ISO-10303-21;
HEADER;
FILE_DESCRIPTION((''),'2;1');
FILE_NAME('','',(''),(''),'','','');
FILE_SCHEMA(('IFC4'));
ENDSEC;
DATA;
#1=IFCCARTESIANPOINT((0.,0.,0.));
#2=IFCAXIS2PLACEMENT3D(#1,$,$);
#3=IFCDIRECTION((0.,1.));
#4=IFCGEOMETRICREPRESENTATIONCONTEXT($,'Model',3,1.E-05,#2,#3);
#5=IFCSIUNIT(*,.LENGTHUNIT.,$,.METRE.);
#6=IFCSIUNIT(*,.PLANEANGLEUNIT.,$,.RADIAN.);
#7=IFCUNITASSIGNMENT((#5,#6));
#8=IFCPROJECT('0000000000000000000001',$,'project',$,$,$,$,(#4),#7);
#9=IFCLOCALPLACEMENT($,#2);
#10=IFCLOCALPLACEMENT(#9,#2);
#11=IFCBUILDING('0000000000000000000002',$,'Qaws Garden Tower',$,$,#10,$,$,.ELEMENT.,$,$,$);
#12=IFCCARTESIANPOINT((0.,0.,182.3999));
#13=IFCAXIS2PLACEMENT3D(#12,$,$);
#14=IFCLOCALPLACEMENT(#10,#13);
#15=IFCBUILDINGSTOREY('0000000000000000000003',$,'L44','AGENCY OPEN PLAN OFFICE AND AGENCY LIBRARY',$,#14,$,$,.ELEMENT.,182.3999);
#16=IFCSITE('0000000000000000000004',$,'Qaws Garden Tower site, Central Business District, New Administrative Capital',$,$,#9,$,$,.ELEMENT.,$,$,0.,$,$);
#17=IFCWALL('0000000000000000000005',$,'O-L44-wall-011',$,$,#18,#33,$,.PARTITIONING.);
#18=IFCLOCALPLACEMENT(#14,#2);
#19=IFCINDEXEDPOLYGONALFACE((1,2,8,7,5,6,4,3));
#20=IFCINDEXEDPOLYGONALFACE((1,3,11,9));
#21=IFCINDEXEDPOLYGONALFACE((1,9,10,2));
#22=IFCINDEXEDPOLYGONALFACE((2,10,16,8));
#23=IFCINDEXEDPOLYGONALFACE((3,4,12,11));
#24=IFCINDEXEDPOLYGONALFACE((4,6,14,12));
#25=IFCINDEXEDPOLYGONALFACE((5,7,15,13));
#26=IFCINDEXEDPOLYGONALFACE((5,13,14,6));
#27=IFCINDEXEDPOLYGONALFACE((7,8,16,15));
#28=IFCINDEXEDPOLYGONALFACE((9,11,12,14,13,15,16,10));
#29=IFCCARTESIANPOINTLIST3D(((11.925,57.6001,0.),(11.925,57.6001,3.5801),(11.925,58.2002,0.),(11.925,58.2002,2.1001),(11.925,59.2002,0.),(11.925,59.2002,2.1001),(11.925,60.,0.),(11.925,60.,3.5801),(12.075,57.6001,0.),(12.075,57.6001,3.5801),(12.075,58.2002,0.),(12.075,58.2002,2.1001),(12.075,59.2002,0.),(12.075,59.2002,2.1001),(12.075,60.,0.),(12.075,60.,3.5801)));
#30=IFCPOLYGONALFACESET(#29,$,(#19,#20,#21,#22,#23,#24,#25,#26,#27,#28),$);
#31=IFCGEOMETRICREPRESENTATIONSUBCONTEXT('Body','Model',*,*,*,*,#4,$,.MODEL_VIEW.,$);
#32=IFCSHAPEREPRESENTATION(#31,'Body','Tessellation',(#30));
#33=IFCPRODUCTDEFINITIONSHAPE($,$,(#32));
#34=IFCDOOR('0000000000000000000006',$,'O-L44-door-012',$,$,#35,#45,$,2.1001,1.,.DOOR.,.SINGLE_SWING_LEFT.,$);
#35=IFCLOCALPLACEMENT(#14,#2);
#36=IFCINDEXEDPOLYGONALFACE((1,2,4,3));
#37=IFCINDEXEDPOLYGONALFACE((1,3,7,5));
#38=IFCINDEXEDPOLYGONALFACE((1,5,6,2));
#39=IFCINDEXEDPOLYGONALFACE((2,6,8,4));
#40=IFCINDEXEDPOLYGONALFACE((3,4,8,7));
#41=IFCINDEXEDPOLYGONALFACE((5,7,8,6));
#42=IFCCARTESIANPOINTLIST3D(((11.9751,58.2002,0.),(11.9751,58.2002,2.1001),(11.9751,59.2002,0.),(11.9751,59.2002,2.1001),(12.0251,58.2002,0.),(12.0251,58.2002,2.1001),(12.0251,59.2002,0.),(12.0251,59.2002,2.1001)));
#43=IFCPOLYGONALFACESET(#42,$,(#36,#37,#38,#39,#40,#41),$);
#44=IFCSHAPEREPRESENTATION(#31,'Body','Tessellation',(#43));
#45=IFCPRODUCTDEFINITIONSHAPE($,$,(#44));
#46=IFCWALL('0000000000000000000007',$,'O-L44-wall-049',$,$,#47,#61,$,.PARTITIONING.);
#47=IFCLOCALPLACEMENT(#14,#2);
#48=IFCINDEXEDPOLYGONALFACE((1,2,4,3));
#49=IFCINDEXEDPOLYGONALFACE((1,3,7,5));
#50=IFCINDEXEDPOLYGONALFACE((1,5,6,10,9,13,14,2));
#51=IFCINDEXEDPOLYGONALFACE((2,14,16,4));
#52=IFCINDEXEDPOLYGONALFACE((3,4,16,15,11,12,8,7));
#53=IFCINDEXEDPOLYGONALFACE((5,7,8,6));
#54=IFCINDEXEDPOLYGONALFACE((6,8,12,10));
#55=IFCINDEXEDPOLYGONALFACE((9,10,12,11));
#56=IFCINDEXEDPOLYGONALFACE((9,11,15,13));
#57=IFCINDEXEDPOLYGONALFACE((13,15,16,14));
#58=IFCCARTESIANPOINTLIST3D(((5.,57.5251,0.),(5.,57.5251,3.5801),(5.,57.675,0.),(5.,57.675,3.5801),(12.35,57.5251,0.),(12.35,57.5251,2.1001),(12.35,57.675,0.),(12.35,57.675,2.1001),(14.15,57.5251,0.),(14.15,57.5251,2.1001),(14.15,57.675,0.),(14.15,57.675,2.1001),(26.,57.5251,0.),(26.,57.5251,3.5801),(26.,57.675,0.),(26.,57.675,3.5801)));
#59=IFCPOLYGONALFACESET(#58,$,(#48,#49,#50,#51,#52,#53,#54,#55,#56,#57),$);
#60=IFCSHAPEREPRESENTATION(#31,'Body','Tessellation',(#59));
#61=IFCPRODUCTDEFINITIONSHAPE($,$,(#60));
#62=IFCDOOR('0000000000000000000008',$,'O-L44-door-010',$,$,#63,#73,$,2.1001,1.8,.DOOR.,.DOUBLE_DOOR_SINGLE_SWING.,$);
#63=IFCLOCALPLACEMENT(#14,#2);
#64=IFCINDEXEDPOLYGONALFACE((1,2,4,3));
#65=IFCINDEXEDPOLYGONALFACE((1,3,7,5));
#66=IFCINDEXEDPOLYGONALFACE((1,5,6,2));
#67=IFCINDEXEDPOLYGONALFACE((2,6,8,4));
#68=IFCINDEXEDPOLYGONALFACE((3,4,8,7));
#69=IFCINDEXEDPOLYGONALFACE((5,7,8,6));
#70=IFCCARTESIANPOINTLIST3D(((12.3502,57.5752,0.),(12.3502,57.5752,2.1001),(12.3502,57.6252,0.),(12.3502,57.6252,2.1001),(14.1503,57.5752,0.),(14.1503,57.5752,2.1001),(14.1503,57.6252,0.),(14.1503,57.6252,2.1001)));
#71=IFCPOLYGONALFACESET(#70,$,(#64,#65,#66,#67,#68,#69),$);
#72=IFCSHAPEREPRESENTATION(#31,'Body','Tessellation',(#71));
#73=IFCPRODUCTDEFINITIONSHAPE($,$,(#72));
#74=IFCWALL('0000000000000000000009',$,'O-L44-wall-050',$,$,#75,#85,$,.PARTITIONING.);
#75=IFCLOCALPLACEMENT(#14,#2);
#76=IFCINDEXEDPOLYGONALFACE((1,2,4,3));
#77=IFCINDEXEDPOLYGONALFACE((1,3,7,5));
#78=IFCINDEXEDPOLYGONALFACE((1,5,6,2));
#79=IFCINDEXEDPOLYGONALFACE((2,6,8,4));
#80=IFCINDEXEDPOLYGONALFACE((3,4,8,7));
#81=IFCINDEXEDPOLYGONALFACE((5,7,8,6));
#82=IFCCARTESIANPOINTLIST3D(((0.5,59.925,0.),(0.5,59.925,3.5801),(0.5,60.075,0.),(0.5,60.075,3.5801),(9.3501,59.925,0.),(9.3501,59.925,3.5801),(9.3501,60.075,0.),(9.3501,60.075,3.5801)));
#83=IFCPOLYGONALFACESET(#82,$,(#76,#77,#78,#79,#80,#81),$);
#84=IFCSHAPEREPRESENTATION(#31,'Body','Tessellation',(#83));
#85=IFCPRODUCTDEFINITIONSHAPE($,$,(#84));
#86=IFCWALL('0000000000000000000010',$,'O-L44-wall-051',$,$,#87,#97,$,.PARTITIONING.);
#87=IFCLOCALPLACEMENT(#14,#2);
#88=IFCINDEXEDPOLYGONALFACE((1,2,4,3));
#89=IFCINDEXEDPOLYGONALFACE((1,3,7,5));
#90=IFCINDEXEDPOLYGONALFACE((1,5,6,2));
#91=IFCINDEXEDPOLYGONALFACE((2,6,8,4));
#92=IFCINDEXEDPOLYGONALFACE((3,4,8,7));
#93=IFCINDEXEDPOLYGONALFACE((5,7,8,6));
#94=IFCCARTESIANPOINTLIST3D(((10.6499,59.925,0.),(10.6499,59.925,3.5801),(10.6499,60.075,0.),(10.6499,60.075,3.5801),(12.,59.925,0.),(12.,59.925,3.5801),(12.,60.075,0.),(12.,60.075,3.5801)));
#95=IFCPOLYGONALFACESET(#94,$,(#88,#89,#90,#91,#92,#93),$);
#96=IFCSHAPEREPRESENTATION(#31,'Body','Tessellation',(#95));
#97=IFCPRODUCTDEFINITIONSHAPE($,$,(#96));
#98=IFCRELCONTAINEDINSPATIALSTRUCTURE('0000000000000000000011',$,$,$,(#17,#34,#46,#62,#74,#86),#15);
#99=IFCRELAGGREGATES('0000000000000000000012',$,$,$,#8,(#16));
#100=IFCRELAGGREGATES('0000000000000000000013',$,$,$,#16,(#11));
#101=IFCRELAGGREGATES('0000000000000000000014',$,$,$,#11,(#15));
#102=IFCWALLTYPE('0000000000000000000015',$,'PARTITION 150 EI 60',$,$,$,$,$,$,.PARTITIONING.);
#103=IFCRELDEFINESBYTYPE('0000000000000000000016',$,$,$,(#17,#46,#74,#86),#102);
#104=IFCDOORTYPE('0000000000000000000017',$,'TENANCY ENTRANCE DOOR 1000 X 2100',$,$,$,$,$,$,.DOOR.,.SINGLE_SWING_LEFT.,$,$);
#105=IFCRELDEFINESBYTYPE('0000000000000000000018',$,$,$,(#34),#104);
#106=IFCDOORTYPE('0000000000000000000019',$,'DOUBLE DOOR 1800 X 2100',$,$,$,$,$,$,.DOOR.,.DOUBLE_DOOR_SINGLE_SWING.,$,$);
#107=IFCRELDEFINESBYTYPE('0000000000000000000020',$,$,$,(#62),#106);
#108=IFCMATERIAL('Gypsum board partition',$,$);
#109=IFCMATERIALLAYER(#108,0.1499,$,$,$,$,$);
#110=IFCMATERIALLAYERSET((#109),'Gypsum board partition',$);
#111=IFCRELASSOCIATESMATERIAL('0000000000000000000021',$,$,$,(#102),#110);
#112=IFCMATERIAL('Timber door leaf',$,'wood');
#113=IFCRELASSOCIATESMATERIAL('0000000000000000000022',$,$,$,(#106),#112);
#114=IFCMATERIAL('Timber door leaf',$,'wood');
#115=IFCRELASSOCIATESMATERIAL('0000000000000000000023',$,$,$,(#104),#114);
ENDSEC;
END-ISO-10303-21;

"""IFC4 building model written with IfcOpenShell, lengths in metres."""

from ifc_helpers import new_model, si_unit, direction, frame, frame_2d, origin, place, context, subcontext, project, spatial, rectangle, extrude, material, layer, layer_set, type_object, element, fill, save


model = new_model("IFC4")

# Units and contexts
model_context = context("Model", 3, precision=1e-05, world=origin(), true_north=direction((0.0, 1.0)))
body_context = subcontext(model_context, "Body", "Model", "MODEL_VIEW")
ifc_project = project(units=[si_unit("LENGTHUNIT", "METRE"), si_unit("PLANEANGLEUNIT", "RADIAN")], contexts=[model_context])

# Site, building, storey
site_placement = place(None, origin())
site = spatial("IfcSite", under=ifc_project, at=site_placement, Name="Qaws Garden Tower site, Central Business District, New Administrative Capital", CompositionType="ELEMENT", RefElevation=0.0)
building_placement = place(site_placement, origin())
building = spatial("IfcBuilding", under=site, at=building_placement, Name="Qaws Garden Tower", CompositionType="ELEMENT")
storey_placement = place(building_placement, frame((0.0, 0.0, 182.3999)))
storey = spatial("IfcBuildingStorey", under=building, at=storey_placement, Name="L44", Description="AGENCY OPEN PLAN OFFICE AND AGENCY LIBRARY", CompositionType="ELEMENT", Elevation=182.3999)

# Walls, openings, doors
ifc_material_1 = material(Name="Gypsum board partition")
ifc_layer_1 = layer(ifc_material_1, 0.1499)
ifc_layer_set_1 = layer_set([ifc_layer_1], Name="Gypsum board partition")
wall_type_1 = type_object("IfcWallType", Name="PARTITION 150 EI 60", PredefinedType="PARTITIONING", material=ifc_layer_set_1)
ifc_material_2 = material(Name="Timber door leaf", Category="wood")
door_type_1 = type_object("IfcDoorType", Name="DOUBLE DOOR 1800 X 2100", OperationType="DOUBLE_DOOR_SINGLE_SWING", PredefinedType="DOOR", material=ifc_material_2)
wall_1_placement = place(storey_placement, frame((12.0, 57.6001, 0.0), z_axis=(0.0, 0.0, 1.0), x_axis=(0.0, 1.0, 0.0)))
wall_1 = element("IfcWall", 1, at=wall_1_placement, inside=storey, type_object=wall_type_1, Name="O-L44-wall-011", PredefinedType="PARTITIONING", context=body_context, shape_type="SweptSolid", body=[
    extrude(rectangle(XDim=2.3999, YDim=0.1499, at=frame_2d((1.2, 0.0))), origin(), (0.0, 0.0, 1.0), 3.5801),
])
opening_1_placement = place(wall_1_placement, frame((0.6001, 0.0, 0.0)))
opening_1 = element("IfcOpeningElement", 2, at=opening_1_placement, cuts=wall_1, PredefinedType="OPENING", context=body_context, shape_type="SweptSolid", body=[
    extrude(rectangle(XDim=1.0, YDim=2.1001, at=frame_2d((0.5, 1.05))), frame((0.0, 0.085, 0.0), z_axis=(0.0, -1.0, 0.0), x_axis=(1.0, 0.0, 0.0)), (0.0, 0.0, 1.0), 0.1699),
])
ifc_material_3 = material(Name="Timber door leaf", Category="wood")
door_type_2 = type_object("IfcDoorType", Name="TENANCY ENTRANCE DOOR 1000 X 2100", OperationType="SINGLE_SWING_LEFT", PredefinedType="DOOR", material=ifc_material_3)
door_1_placement = place(opening_1_placement, origin())
door_1 = element("IfcDoor", 3, at=door_1_placement, inside=storey, type_object=door_type_2, Name="O-L44-door-012", OperationType="SINGLE_SWING_LEFT", OverallHeight=2.1001, OverallWidth=1.0, PredefinedType="DOOR", context=body_context, shape_type="SweptSolid", body=[
    extrude(rectangle(XDim=1.0, YDim=2.1001, at=frame_2d((0.5, 1.05))), frame((0.0, 0.0249, 0.0), z_axis=(0.0, -1.0, 0.0), x_axis=(1.0, 0.0, 0.0)), (0.0, 0.0, 1.0), 0.05),
])
fill(opening_1, door_1)
wall_2_placement = place(storey_placement, frame((5.0, 57.6001, 0.0), z_axis=(0.0, 0.0, 1.0), x_axis=(1.0, 0.0, 0.0)))
wall_2 = element("IfcWall", 4, at=wall_2_placement, inside=storey, type_object=wall_type_1, Name="O-L44-wall-049", PredefinedType="PARTITIONING", context=body_context, shape_type="SweptSolid", body=[
    extrude(rectangle(XDim=21.0, YDim=0.1499, at=frame_2d((10.5, 0.0))), origin(), (0.0, 0.0, 1.0), 3.5801),
])
opening_2_placement = place(wall_2_placement, frame((7.3501, 0.0, 0.0)))
opening_2 = element("IfcOpeningElement", 5, at=opening_2_placement, cuts=wall_2, PredefinedType="OPENING", context=body_context, shape_type="SweptSolid", body=[
    extrude(rectangle(XDim=1.8, YDim=2.1001, at=frame_2d((0.8999, 1.05))), frame((0.0, 0.085, 0.0), z_axis=(0.0, -1.0, 0.0), x_axis=(1.0, 0.0, 0.0)), (0.0, 0.0, 1.0), 0.1699),
])
door_2_placement = place(opening_2_placement, frame((1.8, 0.0, 0.0), z_axis=(0.0, 0.0, 1.0), x_axis=(-1.0, 0.0, 0.0)))
door_2 = element("IfcDoor", 6, at=door_2_placement, inside=storey, type_object=door_type_1, Name="O-L44-door-010", OperationType="DOUBLE_DOOR_SINGLE_SWING", OverallHeight=2.1001, OverallWidth=1.8, PredefinedType="DOOR", context=body_context, shape_type="SweptSolid", body=[
    extrude(rectangle(XDim=1.8, YDim=2.1001, at=frame_2d((0.8999, 1.05))), frame((0.0, 0.0249, 0.0), z_axis=(0.0, -1.0, 0.0), x_axis=(1.0, 0.0, 0.0)), (0.0, 0.0, 1.0), 0.05),
])
fill(opening_2, door_2)

# Walls
wall_3_placement = place(storey_placement, frame((0.5, 60.0, 0.0), z_axis=(0.0, 0.0, 1.0), x_axis=(1.0, 0.0, 0.0)))
element("IfcWall", 7, at=wall_3_placement, inside=storey, type_object=wall_type_1, Name="O-L44-wall-050", PredefinedType="PARTITIONING", context=body_context, shape_type="SweptSolid", body=[
    extrude(rectangle(XDim=8.8501, YDim=0.1499, at=frame_2d((4.425, 0.0))), origin(), (0.0, 0.0, 1.0), 3.5801),
])
wall_4_placement = place(storey_placement, frame((10.6499, 60.0, 0.0), z_axis=(0.0, 0.0, 1.0), x_axis=(1.0, 0.0, 0.0)))
element("IfcWall", 8, at=wall_4_placement, inside=storey, type_object=wall_type_1, Name="O-L44-wall-051", PredefinedType="PARTITIONING", context=body_context, shape_type="SweptSolid", body=[
    extrude(rectangle(XDim=1.3501, YDim=0.1499, at=frame_2d((0.675, 0.0))), origin(), (0.0, 0.0, 1.0), 3.5801),
])

save(model, "model.ifc")
